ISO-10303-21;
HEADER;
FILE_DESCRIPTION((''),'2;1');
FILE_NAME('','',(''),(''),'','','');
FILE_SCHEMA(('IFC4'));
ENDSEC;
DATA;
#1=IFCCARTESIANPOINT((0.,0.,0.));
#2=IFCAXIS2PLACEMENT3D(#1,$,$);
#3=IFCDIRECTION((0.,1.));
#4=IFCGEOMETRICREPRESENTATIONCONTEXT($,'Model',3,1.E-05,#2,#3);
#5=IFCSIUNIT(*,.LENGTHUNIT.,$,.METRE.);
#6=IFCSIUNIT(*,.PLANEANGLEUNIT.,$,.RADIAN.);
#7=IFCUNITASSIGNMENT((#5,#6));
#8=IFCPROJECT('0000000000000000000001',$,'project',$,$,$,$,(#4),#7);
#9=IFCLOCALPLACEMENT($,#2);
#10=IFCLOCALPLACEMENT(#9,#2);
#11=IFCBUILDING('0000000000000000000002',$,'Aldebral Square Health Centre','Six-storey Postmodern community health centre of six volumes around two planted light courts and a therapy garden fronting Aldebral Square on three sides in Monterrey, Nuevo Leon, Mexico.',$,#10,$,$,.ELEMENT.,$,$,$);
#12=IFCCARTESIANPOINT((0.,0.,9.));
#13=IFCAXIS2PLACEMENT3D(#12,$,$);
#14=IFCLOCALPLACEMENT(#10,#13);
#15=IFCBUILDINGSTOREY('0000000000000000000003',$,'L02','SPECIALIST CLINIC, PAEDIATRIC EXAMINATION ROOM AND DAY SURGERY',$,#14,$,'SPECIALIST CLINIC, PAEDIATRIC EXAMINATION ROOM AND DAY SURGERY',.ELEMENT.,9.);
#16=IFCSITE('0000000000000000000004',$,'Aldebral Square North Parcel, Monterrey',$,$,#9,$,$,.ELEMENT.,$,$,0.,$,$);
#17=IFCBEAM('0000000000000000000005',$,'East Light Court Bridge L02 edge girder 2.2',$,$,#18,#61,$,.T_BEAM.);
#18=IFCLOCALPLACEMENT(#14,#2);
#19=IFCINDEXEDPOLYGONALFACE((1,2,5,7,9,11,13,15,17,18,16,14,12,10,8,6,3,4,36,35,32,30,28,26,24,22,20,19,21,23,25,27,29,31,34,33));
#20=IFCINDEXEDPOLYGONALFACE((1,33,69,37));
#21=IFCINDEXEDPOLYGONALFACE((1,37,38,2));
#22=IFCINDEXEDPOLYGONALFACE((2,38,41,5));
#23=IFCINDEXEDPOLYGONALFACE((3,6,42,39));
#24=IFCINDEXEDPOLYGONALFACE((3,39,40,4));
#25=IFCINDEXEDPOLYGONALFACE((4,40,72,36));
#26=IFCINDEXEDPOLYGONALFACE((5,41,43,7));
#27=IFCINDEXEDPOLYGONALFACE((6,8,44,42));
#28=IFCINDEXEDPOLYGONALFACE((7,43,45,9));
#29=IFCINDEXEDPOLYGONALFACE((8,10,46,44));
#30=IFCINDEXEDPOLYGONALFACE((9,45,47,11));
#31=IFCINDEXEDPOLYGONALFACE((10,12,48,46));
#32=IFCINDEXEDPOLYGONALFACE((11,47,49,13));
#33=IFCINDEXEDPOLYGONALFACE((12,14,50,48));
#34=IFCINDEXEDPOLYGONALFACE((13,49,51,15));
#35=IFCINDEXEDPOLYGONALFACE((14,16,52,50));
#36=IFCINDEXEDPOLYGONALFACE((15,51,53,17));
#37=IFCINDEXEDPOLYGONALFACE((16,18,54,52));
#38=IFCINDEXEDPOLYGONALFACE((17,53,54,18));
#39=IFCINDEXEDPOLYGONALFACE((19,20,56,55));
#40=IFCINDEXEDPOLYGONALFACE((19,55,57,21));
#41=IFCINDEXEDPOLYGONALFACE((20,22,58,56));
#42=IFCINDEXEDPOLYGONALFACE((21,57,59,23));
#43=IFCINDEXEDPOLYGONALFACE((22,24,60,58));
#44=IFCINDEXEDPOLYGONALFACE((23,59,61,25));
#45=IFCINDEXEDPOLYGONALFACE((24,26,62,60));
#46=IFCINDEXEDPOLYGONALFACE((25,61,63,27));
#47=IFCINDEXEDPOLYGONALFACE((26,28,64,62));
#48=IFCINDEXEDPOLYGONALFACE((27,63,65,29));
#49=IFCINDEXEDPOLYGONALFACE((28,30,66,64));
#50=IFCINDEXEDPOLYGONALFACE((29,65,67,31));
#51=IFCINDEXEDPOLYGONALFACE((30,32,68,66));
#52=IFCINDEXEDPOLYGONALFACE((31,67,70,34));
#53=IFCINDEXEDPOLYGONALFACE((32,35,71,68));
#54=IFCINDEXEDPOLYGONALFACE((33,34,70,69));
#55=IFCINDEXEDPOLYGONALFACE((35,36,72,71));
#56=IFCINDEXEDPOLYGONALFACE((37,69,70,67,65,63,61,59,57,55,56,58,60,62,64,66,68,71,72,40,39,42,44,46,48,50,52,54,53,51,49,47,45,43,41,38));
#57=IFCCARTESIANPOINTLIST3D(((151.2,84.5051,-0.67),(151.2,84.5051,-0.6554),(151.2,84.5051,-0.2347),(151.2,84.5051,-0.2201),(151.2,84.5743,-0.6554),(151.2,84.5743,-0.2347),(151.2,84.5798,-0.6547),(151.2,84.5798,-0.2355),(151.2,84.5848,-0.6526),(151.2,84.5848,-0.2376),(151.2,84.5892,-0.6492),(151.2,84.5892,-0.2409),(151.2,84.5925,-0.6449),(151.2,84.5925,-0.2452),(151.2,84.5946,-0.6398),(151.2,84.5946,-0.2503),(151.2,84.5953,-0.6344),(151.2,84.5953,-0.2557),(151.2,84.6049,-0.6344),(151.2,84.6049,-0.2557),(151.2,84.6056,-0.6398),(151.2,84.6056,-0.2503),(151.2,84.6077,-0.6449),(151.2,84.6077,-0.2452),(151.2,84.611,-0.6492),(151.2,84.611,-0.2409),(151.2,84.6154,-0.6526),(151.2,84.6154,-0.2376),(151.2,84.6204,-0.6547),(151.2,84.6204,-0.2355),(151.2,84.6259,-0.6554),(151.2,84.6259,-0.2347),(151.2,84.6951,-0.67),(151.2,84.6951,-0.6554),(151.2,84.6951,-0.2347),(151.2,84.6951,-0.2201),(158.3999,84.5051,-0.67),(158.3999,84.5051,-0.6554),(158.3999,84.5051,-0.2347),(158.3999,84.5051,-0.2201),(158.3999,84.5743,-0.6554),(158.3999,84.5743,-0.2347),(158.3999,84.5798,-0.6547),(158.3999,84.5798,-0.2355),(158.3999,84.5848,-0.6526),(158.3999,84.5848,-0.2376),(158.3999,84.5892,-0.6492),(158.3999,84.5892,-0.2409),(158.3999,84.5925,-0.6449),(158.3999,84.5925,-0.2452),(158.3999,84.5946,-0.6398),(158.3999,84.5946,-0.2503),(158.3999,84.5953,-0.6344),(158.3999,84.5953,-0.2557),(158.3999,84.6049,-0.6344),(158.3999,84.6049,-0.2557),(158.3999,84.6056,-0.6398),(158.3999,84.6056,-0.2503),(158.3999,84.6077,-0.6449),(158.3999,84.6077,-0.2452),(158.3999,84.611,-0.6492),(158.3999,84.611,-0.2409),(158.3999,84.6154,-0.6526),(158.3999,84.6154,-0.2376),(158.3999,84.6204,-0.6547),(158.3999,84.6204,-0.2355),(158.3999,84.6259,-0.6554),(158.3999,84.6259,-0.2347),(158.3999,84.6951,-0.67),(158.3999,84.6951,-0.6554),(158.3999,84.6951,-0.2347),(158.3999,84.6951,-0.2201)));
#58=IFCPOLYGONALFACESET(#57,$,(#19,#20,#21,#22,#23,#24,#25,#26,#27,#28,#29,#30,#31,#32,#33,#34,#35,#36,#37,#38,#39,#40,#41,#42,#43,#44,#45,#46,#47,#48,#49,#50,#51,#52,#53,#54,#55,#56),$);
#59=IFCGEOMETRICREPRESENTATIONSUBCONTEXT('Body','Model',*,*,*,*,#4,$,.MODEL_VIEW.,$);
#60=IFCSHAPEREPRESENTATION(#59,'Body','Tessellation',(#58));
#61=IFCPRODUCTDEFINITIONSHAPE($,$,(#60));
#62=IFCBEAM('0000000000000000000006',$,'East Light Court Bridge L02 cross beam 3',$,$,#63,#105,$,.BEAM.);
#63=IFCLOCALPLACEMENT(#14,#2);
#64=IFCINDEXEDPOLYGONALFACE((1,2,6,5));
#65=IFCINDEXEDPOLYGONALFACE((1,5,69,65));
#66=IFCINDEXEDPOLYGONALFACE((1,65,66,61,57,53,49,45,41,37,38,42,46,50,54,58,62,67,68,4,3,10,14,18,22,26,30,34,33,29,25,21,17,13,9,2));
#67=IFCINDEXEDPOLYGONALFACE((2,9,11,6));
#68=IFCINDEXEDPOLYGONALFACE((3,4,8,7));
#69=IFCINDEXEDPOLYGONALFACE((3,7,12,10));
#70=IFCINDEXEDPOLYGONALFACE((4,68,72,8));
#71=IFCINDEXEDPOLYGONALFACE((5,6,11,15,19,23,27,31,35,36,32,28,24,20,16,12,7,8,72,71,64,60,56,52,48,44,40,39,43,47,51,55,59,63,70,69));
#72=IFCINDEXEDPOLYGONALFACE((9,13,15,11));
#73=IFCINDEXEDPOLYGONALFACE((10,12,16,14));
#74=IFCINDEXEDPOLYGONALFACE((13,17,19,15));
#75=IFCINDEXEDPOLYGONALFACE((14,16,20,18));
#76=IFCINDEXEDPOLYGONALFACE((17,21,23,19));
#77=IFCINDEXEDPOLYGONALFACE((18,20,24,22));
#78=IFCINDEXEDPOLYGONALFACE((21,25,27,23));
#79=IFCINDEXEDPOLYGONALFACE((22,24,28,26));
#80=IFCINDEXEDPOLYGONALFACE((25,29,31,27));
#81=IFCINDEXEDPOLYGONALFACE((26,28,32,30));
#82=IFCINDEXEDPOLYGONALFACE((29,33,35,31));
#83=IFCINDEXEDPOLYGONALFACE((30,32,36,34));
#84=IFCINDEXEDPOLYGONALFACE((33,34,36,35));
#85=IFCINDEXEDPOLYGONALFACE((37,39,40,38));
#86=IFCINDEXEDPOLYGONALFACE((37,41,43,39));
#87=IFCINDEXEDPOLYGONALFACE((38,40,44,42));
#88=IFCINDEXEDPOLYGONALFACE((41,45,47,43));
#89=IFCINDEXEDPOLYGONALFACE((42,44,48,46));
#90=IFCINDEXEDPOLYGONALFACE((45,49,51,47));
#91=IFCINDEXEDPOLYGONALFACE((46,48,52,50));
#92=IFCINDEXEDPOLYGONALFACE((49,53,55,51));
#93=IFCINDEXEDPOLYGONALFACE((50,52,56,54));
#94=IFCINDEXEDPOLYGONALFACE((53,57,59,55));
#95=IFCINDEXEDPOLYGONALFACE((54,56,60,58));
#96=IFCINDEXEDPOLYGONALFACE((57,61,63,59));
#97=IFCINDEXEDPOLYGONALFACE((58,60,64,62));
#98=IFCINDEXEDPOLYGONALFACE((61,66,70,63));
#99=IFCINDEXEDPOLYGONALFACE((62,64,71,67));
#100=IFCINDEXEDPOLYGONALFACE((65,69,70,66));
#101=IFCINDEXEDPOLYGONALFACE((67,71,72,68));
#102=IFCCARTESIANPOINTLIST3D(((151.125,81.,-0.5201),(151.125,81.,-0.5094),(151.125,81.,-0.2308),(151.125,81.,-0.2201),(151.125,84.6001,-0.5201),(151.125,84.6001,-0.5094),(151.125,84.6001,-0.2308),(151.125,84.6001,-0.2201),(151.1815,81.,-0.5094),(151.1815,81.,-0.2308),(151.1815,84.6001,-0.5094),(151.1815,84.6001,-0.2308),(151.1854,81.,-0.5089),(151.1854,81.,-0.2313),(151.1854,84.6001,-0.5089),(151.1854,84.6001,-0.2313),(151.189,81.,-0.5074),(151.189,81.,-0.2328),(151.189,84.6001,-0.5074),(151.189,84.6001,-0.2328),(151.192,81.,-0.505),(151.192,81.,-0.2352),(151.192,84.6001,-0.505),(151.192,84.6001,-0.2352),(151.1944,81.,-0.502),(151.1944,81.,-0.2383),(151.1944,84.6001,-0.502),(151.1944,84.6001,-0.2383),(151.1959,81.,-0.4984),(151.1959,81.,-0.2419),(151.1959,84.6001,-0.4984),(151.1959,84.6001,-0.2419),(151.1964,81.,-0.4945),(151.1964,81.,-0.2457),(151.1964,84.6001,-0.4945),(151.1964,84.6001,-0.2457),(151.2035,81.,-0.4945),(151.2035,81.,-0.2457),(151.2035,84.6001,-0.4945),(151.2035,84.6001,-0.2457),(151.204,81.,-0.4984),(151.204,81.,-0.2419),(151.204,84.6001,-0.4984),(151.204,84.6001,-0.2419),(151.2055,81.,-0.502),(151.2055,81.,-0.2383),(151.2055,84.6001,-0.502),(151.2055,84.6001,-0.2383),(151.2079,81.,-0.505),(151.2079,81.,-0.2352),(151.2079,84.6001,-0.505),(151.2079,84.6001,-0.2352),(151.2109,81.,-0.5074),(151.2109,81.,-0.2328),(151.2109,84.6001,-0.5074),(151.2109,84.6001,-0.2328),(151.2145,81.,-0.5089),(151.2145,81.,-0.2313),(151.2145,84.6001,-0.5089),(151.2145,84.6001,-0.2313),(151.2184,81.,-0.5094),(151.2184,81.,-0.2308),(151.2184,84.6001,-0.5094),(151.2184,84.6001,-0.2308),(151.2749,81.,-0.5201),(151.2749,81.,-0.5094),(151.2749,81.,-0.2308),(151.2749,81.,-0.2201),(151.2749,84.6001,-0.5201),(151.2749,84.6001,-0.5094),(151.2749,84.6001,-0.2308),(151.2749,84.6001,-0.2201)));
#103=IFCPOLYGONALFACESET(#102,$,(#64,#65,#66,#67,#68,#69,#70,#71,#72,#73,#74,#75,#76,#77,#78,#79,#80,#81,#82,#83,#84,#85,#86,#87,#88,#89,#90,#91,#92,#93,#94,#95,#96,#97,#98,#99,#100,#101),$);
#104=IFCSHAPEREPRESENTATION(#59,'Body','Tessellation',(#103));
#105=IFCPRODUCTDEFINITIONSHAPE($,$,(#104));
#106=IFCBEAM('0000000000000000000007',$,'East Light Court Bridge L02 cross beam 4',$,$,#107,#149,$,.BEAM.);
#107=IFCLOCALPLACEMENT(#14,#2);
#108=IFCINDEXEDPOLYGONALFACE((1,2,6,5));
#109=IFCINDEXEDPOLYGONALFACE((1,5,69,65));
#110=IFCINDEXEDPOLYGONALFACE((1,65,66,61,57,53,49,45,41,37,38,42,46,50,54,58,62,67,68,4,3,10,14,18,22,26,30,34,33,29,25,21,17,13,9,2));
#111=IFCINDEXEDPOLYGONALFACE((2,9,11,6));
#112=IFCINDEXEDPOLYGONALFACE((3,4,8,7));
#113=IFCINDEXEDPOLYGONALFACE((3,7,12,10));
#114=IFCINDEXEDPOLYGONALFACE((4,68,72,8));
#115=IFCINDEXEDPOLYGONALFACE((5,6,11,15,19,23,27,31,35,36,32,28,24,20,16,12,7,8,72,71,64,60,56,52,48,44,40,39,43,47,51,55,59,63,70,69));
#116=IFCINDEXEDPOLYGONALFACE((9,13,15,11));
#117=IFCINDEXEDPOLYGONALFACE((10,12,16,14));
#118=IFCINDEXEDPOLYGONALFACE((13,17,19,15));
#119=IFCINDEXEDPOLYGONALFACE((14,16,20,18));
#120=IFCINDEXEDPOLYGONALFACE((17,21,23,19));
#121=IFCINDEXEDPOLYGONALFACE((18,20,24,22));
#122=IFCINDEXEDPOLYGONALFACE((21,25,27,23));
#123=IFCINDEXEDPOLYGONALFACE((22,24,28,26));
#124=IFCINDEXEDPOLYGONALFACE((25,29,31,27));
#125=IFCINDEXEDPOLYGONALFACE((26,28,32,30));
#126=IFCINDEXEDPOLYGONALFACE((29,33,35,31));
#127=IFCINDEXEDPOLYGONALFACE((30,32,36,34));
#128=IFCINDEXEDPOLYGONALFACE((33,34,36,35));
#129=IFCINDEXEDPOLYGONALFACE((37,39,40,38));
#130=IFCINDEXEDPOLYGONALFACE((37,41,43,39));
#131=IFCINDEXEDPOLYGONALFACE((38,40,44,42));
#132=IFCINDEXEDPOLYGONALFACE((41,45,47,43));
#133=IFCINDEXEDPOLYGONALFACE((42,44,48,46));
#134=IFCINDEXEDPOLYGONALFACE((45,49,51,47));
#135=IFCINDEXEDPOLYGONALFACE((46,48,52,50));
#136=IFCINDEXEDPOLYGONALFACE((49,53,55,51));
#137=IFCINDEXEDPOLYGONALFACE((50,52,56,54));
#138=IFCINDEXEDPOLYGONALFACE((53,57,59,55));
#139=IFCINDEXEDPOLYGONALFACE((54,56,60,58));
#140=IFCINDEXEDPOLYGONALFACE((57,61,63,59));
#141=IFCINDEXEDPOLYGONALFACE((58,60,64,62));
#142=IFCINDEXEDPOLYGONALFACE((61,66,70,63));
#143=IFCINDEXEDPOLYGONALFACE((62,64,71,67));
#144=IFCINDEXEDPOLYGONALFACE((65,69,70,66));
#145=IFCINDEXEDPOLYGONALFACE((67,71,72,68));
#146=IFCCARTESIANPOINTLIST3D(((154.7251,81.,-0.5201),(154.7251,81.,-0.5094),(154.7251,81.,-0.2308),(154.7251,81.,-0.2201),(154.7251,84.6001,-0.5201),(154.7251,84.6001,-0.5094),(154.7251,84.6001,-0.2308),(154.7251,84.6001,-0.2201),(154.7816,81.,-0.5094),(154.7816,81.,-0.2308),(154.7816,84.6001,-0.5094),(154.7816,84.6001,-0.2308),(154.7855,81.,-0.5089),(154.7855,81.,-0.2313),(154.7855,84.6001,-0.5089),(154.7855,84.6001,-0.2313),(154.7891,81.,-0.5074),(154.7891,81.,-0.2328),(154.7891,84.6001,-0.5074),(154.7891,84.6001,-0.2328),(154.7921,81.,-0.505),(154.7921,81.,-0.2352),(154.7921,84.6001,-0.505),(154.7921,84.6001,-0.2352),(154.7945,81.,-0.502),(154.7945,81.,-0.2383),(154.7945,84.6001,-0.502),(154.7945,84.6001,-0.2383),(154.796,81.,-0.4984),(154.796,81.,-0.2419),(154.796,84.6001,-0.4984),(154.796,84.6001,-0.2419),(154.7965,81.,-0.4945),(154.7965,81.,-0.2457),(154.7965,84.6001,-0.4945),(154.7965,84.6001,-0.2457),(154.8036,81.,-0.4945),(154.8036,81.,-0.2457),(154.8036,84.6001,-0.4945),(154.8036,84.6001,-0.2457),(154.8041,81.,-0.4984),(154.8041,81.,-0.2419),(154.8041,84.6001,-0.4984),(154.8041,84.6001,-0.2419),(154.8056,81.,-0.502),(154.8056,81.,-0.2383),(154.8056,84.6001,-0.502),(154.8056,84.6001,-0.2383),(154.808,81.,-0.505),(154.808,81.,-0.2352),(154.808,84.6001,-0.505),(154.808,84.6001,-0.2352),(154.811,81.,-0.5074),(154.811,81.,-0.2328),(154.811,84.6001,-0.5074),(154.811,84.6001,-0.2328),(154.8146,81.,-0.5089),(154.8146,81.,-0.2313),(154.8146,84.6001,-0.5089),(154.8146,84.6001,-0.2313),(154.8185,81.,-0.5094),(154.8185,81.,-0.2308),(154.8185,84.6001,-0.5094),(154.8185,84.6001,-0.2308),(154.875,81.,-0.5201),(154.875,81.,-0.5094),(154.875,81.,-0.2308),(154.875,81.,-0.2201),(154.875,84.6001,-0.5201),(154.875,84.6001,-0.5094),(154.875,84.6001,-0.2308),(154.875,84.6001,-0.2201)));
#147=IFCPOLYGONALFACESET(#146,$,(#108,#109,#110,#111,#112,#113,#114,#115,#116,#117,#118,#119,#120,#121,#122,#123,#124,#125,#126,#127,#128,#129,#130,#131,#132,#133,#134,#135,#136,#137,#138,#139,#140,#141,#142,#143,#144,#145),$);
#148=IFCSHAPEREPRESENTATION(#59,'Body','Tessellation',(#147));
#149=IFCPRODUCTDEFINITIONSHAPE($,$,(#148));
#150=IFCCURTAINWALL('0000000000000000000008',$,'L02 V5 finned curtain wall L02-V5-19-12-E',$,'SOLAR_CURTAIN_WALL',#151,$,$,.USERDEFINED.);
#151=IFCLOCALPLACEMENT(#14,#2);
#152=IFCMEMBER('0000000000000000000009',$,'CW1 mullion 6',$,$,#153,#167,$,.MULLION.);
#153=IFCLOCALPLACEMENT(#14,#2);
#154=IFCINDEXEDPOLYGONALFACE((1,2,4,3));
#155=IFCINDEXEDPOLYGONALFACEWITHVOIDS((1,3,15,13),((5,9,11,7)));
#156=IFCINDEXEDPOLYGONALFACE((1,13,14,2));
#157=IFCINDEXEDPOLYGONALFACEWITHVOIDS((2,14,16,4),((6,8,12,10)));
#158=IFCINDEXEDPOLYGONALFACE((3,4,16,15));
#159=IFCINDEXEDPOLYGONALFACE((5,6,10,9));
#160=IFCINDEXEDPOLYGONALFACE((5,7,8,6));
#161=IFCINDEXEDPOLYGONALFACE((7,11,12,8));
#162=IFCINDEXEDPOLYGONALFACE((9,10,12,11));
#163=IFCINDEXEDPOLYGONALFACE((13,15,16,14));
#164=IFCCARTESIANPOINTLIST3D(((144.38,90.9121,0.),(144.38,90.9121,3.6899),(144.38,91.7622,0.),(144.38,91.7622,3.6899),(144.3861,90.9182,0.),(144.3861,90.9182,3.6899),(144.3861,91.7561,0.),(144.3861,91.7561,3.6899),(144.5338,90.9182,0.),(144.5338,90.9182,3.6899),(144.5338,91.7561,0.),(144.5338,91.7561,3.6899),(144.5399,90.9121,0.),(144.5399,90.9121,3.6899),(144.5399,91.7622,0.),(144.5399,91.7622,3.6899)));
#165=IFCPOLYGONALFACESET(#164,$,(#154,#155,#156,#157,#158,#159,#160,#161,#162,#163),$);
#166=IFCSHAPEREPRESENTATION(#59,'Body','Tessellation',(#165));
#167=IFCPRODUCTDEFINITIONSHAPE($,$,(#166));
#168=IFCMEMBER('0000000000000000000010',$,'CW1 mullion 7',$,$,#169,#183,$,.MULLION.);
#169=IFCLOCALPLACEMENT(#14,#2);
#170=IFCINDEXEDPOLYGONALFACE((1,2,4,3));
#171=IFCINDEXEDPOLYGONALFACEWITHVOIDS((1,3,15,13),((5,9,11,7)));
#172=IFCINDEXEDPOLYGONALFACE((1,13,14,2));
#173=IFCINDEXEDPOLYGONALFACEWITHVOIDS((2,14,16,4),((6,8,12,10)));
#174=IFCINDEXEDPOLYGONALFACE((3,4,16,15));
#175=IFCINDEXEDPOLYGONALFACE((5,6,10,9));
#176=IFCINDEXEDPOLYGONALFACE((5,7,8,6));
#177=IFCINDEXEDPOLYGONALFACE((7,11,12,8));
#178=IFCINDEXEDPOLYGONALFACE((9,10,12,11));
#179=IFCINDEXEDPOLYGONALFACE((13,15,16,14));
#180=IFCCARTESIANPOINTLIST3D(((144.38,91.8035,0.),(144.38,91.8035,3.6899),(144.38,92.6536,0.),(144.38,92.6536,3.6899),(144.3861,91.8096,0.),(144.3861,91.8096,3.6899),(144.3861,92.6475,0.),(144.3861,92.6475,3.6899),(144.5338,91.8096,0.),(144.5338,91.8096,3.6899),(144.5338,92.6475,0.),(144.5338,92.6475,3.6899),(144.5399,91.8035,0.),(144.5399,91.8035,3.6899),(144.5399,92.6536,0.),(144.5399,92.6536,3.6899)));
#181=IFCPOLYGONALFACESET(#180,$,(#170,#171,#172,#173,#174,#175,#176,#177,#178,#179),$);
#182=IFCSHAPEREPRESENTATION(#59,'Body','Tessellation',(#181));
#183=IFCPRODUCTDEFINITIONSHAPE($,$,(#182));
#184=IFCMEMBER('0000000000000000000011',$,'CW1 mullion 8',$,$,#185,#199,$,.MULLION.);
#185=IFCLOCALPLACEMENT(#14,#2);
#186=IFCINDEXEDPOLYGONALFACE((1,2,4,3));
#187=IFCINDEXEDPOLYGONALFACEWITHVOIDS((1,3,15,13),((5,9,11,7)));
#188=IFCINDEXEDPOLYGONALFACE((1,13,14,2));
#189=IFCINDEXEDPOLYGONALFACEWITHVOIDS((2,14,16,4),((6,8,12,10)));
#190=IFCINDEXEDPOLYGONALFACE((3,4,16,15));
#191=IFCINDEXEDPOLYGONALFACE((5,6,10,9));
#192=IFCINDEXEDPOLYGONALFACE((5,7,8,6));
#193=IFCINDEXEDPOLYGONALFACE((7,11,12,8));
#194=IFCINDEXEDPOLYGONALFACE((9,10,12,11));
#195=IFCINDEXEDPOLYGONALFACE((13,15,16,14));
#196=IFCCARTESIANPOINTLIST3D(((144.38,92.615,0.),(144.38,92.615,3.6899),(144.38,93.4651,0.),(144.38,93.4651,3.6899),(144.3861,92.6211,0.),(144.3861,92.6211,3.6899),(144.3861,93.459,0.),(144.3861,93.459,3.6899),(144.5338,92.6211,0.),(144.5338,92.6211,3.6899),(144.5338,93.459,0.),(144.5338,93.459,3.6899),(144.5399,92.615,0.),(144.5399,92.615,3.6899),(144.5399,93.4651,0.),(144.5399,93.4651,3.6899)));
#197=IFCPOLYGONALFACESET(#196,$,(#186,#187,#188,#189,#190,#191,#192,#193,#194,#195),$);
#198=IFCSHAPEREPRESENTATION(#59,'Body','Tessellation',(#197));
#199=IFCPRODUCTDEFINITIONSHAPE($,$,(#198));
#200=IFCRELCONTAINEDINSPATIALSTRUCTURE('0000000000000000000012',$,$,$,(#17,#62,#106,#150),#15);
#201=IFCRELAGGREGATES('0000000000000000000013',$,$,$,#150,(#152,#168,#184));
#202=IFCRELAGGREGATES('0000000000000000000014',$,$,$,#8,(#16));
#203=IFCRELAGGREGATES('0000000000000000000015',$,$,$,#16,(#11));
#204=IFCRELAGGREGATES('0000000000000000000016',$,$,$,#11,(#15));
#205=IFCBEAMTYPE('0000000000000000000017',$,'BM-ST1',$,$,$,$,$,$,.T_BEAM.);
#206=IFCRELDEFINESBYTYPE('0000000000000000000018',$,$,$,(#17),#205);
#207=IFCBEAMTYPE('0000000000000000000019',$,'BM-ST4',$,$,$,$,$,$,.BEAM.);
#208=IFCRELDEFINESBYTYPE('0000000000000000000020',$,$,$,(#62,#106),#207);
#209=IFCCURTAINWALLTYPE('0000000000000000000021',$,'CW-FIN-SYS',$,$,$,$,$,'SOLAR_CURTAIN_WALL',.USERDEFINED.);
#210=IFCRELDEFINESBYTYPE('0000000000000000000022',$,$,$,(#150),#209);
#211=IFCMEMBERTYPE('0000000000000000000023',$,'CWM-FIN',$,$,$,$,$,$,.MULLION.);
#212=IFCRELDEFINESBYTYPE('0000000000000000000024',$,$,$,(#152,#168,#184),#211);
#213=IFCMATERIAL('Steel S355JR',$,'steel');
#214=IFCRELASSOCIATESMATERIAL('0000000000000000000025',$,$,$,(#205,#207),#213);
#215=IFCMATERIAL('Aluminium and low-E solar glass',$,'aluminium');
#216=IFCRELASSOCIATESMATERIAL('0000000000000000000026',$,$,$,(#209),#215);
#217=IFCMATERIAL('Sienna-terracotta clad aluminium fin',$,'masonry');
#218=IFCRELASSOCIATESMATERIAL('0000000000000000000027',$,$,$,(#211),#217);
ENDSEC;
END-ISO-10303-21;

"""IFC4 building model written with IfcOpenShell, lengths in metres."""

from ifc_helpers import new_model, si_unit, direction, frame, origin, origin_2d, place, context, subcontext, project, spatial, hollow_rectangle, i_section, extrude, material, material_profile, profile_set, type_object, element, aggregate, save


model = new_model("IFC4")

# Units and contexts
model_context = context("Model", 3, precision=1e-05, world=origin(), true_north=direction((0.0, 1.0)))
body_context = subcontext(model_context, "Body", "Model", "MODEL_VIEW")
ifc_project = project(units=[si_unit("LENGTHUNIT", "METRE"), si_unit("PLANEANGLEUNIT", "RADIAN")], contexts=[model_context])

# Site, building, storey
site_placement = place(None, origin())
site = spatial("IfcSite", under=ifc_project, at=site_placement, Name="Aldebral Square North Parcel, Monterrey", CompositionType="ELEMENT", RefElevation=0.0)
building_placement = place(site_placement, origin())
building = spatial("IfcBuilding", under=site, at=building_placement, Name="Aldebral Square Health Centre", Description="Six-storey Postmodern community health centre of six volumes around two planted light courts and a therapy garden fronting Aldebral Square on three sides in Monterrey, Nuevo Leon, Mexico.", CompositionType="ELEMENT")
storey_placement = place(building_placement, frame((0.0, 0.0, 9.0)))
storey = spatial("IfcBuildingStorey", under=building, at=storey_placement, Name="L02", Description="SPECIALIST CLINIC, PAEDIATRIC EXAMINATION ROOM AND DAY SURGERY", LongName="SPECIALIST CLINIC, PAEDIATRIC EXAMINATION ROOM AND DAY SURGERY", CompositionType="ELEMENT", Elevation=9.0)

# Beams
ifc_material_1 = material(Name="Steel S355JR", Category="steel")
ifc_material_profile_1 = material_profile(ifc_material_1, i_section(OverallWidth=0.1899, OverallDepth=0.45, WebThickness=0.0095, FlangeThickness=0.0146, FilletRadius=0.021, at=origin_2d()), Name="IPE 450")
ifc_profile_set_1 = profile_set([ifc_material_profile_1], Name="Steel S355JR")
beam_type_1 = type_object("IfcBeamType", Name="BM-ST1", PredefinedType="T_BEAM", material=ifc_profile_set_1)
beam_placement = place(storey_placement, frame((151.2, 84.6001, -0.4451), z_axis=(1.0, 0.0, 0.0), x_axis=(0.0, 1.0, 0.0)))
element("IfcBeam", 1, at=beam_placement, inside=storey, type_object=beam_type_1, Name="East Light Court Bridge L02 edge girder 2.2", PredefinedType="T_BEAM", context=body_context, shape_type="SweptSolid", body=[
    extrude(i_section(OverallWidth=0.1899, OverallDepth=0.45, WebThickness=0.0095, FlangeThickness=0.0146, FilletRadius=0.021, at=origin_2d()), origin(), (0.0, 0.0, 1.0), 7.2),
])
ifc_material_profile_2 = material_profile(ifc_material_1, i_section(OverallWidth=0.1499, OverallDepth=0.3, WebThickness=0.0071, FlangeThickness=0.0107, FilletRadius=0.0149, at=origin_2d()), Name="IPE 300")
ifc_profile_set_2 = profile_set([ifc_material_profile_2], Name="Steel S355JR")
beam_type_2 = type_object("IfcBeamType", Name="BM-ST4", PredefinedType="BEAM", material=ifc_profile_set_2)
for number, where, z_axis, x_axis, name in (
    (2, (151.2, 81.0, -0.3701), (0.0, 1.0, 0.0), (-1.0, 0.0, 0.0), "East Light Court Bridge L02 cross beam 3"),
    (3, (154.8, 81.0, -0.3701), (0.0, 1.0, 0.0), (-1.0, 0.0, 0.0), "East Light Court Bridge L02 cross beam 4"),
):
    element("IfcBeam", number, at=place(storey_placement, frame(where, z_axis=z_axis, x_axis=x_axis)), inside=storey, type_object=beam_type_2, Name=name, PredefinedType="BEAM", context=body_context, shape_type="SweptSolid", body=[
        extrude(i_section(OverallWidth=0.1499, OverallDepth=0.3, WebThickness=0.0071, FlangeThickness=0.0107, FilletRadius=0.0149, at=origin_2d()), origin(), (0.0, 0.0, 1.0), 3.6001),
    ])

# Curtain wall, members
ifc_material_2 = material(Name="Aluminium and low-E solar glass", Category="aluminium")
curtain_wall_type = type_object("IfcCurtainWallType", Name="CW-FIN-SYS", ElementType="SOLAR_CURTAIN_WALL", PredefinedType="USERDEFINED", material=ifc_material_2)
curtain_wall_1_placement = place(storey_placement, origin())
curtain_wall_1 = element("IfcCurtainWall", 4, at=curtain_wall_1_placement, inside=storey, type_object=curtain_wall_type, Name="L02 V5 finned curtain wall L02-V5-19-12-E", ObjectType="SOLAR_CURTAIN_WALL", PredefinedType="USERDEFINED")
ifc_material_3 = material(Name="Sienna-terracotta clad aluminium fin", Category="masonry")
ifc_material_profile_3 = material_profile(ifc_material_3, hollow_rectangle(XDim=0.1599, YDim=0.8501, WallThickness=0.0061, at=origin_2d()), Name="FIN 160x850x6")
ifc_profile_set_3 = profile_set([ifc_material_profile_3], Name="Sienna-terracotta clad aluminium fin")
member_type_1 = type_object("IfcMemberType", Name="CWM-FIN", PredefinedType="MULLION", material=ifc_profile_set_3)
member_1_placement = place(storey_placement, frame((144.46, 91.3372, 0.0), z_axis=(0.0, 0.0, 1.0), x_axis=(-1.0, 0.0, 0.0)))
member_1 = element("IfcMember", 5, at=member_1_placement, type_object=member_type_1, Name="CW1 mullion 6", PredefinedType="MULLION", context=body_context, shape_type="SweptSolid", body=[
    extrude(hollow_rectangle(XDim=0.1599, YDim=0.8501, WallThickness=0.0061, at=origin_2d()), origin(), (0.0, 0.0, 1.0), 3.6899),
])
member_2_placement = place(storey_placement, frame((144.46, 92.2285, 0.0), z_axis=(0.0, 0.0, 1.0), x_axis=(-1.0, 0.0, 0.0)))
member_2 = element("IfcMember", 6, at=member_2_placement, type_object=member_type_1, Name="CW1 mullion 7", PredefinedType="MULLION", context=body_context, shape_type="SweptSolid", body=[
    extrude(hollow_rectangle(XDim=0.1599, YDim=0.8501, WallThickness=0.0061, at=origin_2d()), origin(), (0.0, 0.0, 1.0), 3.6899),
])
member_3_placement = place(storey_placement, frame((144.46, 93.04, 0.0), z_axis=(0.0, 0.0, 1.0), x_axis=(-1.0, 0.0, 0.0)))
member_3 = element("IfcMember", 7, at=member_3_placement, type_object=member_type_1, Name="CW1 mullion 8", PredefinedType="MULLION", context=body_context, shape_type="SweptSolid", body=[
    extrude(hollow_rectangle(XDim=0.1599, YDim=0.8501, WallThickness=0.0061, at=origin_2d()), origin(), (0.0, 0.0, 1.0), 3.6899),
])

aggregate(curtain_wall_1, [member_1, member_2, member_3])

save(model, "model.ifc")
